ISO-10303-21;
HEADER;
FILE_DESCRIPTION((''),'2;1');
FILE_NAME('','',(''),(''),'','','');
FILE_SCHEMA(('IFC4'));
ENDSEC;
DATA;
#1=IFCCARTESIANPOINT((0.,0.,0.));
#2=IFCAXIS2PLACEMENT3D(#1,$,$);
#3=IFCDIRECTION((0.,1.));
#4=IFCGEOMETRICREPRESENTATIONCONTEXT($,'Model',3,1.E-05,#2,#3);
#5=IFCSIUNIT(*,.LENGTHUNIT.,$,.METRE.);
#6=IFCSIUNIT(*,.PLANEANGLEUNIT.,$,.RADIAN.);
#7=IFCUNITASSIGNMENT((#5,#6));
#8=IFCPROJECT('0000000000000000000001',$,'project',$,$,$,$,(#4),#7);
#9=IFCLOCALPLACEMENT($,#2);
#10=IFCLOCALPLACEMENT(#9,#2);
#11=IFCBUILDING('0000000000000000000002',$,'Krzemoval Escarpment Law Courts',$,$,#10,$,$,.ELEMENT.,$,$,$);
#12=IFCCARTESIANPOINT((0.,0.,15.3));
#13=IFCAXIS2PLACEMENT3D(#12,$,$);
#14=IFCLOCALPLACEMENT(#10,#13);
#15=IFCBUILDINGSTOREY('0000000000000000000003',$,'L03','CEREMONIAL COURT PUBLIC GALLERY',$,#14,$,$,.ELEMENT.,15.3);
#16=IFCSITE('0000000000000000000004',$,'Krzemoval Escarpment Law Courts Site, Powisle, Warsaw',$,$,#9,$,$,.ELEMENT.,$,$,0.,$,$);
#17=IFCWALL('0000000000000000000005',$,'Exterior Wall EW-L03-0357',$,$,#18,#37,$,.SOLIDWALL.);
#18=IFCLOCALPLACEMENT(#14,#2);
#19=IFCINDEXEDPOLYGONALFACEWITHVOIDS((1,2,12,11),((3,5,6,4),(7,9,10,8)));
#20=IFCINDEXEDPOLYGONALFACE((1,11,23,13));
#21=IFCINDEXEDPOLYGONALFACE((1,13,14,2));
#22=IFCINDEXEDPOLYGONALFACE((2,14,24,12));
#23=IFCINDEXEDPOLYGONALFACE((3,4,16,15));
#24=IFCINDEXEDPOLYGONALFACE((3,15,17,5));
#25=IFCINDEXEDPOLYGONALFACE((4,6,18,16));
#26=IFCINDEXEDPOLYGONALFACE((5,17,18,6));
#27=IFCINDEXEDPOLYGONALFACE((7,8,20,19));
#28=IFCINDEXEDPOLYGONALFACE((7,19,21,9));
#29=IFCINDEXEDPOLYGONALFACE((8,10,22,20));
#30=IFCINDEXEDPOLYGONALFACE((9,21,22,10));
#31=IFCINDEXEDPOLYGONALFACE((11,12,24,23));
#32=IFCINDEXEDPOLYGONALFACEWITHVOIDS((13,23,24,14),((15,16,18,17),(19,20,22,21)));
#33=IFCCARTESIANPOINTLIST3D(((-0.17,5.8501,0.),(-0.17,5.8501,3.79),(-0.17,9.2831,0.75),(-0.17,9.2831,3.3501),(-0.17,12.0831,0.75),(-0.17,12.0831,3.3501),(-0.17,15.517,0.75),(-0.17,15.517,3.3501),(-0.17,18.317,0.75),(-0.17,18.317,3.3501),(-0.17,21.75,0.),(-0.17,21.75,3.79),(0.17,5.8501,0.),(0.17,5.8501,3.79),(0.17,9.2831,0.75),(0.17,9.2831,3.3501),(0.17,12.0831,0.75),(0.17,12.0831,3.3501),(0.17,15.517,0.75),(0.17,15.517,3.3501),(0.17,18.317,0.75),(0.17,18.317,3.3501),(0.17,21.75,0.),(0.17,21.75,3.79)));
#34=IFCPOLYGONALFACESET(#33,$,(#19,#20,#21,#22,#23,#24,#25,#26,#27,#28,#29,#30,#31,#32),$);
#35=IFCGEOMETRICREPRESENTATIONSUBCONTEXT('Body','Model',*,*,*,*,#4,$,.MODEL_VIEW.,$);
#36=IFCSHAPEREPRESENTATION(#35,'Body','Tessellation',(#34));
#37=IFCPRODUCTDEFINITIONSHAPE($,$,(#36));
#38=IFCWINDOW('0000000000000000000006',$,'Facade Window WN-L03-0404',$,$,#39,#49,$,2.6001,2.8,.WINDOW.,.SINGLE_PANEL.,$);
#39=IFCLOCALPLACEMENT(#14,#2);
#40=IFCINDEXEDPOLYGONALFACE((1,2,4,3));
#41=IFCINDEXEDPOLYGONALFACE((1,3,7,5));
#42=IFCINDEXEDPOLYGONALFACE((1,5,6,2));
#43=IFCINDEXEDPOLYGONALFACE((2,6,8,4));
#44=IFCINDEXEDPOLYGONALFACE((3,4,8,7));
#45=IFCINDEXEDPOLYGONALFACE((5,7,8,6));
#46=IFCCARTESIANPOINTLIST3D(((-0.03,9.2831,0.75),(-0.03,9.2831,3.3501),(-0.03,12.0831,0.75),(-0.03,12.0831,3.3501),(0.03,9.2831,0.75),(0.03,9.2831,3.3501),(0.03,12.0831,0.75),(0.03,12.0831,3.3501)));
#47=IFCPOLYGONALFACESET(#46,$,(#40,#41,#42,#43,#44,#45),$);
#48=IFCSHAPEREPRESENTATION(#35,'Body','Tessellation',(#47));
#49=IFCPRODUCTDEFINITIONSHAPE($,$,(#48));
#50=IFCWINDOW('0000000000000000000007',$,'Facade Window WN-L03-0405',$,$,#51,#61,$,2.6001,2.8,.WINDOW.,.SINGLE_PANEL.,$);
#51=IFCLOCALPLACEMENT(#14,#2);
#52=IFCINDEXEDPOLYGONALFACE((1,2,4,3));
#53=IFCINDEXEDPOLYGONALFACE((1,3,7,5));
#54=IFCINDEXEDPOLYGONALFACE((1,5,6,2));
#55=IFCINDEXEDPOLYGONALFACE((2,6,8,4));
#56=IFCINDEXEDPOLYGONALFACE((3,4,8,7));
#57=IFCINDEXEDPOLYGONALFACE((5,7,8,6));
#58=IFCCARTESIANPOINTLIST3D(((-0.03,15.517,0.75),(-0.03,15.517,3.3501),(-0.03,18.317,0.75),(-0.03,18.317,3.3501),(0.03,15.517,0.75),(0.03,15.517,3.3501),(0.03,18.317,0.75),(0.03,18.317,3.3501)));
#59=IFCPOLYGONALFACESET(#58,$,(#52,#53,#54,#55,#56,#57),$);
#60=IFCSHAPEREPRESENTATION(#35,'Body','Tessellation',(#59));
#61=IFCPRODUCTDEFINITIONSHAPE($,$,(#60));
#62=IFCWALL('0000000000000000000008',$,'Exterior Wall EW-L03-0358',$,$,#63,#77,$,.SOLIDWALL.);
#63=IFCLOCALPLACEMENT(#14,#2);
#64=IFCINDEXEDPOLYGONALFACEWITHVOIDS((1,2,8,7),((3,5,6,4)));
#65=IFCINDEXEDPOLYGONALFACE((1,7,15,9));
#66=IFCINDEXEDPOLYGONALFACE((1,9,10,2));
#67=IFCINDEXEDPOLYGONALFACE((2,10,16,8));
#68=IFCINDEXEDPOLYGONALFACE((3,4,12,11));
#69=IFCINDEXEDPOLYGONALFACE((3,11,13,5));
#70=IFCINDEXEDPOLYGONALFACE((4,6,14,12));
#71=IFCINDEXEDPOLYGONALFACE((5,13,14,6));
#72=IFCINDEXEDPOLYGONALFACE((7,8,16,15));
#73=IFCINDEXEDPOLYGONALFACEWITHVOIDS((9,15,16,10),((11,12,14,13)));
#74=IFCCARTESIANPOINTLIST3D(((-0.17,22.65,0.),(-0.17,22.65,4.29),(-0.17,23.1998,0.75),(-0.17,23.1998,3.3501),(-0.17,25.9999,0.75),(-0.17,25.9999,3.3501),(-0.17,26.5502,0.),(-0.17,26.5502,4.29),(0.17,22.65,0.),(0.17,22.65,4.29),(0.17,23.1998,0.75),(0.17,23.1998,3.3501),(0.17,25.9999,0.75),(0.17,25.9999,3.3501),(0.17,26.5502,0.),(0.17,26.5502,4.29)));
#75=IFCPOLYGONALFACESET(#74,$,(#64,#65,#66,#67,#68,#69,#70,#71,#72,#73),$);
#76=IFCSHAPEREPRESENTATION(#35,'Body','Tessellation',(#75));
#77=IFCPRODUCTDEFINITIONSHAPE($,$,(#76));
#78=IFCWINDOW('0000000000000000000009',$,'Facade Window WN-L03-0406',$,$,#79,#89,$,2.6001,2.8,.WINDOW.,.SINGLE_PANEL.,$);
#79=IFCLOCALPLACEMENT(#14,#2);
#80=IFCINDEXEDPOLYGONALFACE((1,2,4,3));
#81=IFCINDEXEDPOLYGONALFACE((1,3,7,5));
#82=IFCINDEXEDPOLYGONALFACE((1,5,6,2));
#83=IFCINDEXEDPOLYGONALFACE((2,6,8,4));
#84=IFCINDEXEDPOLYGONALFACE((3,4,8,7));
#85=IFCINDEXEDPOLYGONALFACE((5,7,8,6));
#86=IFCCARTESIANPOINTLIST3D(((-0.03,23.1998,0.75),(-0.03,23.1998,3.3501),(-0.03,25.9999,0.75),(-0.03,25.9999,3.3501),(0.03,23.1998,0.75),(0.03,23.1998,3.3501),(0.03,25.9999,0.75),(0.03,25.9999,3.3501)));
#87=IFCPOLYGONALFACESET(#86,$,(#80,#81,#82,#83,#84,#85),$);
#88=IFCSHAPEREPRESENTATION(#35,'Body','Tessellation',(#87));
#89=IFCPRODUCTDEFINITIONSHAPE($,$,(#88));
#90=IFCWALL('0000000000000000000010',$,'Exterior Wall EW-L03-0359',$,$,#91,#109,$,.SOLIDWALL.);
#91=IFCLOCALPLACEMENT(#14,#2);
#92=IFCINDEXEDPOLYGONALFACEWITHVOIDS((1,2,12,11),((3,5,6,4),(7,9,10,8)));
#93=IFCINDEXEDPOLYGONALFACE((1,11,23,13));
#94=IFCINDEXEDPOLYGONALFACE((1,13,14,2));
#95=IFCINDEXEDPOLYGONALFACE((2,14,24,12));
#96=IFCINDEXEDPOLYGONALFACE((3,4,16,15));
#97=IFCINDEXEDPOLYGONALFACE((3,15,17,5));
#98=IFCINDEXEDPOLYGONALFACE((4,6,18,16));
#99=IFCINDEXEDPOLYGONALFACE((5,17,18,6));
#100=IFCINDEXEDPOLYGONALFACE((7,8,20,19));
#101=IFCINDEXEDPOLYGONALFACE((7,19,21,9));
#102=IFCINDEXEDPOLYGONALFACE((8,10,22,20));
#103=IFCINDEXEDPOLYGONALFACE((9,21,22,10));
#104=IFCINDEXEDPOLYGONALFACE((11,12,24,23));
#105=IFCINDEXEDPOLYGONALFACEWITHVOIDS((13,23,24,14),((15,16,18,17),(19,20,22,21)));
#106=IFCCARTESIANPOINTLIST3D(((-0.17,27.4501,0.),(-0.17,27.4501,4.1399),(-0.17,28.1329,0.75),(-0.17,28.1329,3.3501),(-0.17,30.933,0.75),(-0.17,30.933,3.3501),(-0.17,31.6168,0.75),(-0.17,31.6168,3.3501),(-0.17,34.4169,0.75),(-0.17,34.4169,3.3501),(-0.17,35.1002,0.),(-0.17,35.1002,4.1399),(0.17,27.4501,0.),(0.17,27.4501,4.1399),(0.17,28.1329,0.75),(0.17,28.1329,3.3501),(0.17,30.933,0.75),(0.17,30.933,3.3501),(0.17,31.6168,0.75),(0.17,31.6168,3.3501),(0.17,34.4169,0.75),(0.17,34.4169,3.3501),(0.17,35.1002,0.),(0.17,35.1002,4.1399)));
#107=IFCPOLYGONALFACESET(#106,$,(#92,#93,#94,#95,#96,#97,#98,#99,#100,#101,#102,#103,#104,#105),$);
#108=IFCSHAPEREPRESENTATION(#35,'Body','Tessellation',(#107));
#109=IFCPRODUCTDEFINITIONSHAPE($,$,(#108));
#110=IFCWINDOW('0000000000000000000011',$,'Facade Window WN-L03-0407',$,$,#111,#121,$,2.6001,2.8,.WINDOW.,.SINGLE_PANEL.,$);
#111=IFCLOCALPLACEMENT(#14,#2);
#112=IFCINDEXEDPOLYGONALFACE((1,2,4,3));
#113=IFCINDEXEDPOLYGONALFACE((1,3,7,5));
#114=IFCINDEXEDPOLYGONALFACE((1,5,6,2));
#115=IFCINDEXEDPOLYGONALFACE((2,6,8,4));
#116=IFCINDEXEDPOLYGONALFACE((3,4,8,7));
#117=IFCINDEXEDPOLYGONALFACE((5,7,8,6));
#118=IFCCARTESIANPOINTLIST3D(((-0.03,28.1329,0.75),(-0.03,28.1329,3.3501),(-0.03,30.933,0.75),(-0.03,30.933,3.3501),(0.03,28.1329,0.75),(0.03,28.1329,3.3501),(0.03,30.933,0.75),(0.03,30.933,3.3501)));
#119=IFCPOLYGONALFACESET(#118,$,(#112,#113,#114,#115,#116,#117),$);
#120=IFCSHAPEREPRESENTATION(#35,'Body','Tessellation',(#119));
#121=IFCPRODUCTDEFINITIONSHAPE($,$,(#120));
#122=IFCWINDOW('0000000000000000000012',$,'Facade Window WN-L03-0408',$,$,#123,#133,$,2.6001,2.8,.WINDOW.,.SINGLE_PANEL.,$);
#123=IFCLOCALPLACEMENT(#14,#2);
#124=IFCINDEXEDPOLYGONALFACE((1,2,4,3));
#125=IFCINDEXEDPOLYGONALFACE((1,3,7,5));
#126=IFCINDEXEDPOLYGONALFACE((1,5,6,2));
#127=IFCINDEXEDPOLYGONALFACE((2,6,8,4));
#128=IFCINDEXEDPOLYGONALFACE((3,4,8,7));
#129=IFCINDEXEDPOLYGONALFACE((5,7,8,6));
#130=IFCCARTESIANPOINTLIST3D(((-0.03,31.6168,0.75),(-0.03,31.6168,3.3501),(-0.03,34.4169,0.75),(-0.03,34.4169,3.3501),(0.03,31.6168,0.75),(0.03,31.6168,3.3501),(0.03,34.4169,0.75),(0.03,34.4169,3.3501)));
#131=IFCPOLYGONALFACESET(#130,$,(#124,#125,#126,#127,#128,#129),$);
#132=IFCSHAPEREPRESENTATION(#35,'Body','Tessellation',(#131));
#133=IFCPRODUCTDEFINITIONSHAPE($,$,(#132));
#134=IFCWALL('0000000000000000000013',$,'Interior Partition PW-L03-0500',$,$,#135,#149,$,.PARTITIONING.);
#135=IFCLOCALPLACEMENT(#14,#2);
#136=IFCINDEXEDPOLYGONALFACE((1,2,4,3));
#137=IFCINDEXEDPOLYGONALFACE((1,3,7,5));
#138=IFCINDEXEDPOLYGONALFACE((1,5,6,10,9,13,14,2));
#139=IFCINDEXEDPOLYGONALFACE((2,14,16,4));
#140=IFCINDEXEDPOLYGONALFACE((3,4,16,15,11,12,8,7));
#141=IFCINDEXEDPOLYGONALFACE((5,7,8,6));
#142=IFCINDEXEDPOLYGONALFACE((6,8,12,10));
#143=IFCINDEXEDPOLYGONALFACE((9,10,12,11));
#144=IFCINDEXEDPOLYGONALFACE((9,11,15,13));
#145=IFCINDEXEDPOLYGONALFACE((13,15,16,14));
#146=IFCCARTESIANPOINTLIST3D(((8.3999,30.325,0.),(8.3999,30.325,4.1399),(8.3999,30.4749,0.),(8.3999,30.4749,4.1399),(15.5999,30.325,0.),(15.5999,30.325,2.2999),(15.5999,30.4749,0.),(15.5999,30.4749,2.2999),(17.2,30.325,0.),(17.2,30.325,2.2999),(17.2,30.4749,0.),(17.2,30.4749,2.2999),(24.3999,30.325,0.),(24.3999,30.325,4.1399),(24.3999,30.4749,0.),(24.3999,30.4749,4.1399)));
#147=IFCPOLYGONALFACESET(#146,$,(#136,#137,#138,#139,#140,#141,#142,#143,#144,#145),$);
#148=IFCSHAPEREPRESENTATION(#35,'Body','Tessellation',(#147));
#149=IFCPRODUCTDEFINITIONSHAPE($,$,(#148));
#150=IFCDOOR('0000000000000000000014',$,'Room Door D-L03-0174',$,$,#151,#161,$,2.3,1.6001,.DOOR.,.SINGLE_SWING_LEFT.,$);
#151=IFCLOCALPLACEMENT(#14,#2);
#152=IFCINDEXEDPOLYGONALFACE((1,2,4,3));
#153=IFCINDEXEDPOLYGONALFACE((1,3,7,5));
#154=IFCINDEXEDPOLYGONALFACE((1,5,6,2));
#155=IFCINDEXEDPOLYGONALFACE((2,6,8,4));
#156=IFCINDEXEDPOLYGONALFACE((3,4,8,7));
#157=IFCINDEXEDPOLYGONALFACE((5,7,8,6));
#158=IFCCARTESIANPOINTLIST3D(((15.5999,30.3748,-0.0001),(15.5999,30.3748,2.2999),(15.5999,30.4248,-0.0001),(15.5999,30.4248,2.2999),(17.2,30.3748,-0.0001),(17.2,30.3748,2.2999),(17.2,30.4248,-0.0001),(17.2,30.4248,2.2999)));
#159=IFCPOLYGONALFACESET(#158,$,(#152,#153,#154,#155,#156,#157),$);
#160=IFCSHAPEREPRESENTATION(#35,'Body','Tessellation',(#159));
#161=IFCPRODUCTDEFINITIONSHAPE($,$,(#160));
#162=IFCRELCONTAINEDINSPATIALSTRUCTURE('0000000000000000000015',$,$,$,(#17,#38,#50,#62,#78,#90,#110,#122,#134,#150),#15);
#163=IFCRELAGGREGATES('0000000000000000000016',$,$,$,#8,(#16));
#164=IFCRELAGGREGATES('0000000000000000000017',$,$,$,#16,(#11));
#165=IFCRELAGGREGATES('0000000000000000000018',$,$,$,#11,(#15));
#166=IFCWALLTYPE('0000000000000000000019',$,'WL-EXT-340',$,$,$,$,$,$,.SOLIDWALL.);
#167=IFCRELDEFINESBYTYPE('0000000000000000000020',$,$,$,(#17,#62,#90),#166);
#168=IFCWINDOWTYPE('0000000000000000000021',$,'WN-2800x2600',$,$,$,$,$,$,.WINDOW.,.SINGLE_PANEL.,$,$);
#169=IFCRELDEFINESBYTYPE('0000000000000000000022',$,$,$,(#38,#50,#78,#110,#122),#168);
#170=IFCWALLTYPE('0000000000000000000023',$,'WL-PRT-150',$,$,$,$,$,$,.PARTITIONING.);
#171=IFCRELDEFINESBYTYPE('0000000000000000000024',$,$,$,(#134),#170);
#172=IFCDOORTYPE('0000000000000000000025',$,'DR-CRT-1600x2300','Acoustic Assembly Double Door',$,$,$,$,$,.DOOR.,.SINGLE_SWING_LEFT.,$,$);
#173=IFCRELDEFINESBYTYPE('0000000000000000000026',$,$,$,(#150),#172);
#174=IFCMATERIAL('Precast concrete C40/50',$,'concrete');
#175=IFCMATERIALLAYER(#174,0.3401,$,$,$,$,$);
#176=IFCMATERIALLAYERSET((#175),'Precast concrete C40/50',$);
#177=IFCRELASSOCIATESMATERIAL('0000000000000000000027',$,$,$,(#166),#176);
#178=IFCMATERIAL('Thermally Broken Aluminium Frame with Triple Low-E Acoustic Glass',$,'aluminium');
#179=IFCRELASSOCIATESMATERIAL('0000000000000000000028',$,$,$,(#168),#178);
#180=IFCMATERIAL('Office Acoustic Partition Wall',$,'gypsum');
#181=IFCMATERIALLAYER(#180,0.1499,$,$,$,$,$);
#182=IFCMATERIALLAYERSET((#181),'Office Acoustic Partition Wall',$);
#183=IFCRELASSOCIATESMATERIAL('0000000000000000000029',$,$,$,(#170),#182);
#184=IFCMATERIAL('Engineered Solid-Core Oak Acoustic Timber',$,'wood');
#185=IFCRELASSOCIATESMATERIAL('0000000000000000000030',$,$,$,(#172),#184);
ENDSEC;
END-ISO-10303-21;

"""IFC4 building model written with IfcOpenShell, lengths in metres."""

from ifc_helpers import new_model, si_unit, direction, frame, frame_2d, origin, place, context, subcontext, project, spatial, rectangle, extrude, material, layer, layer_set, type_object, element, fill, save


model = new_model("IFC4")

# Units and contexts
model_context = context("Model", 3, precision=1e-05, world=origin(), true_north=direction((0.0, 1.0)))
body_context = subcontext(model_context, "Body", "Model", "MODEL_VIEW")
ifc_project = project(units=[si_unit("LENGTHUNIT", "METRE"), si_unit("PLANEANGLEUNIT", "RADIAN")], contexts=[model_context])

# Site, building, storey
site_placement = place(None, origin())
site = spatial("IfcSite", under=ifc_project, at=site_placement, Name="Krzemoval Escarpment Law Courts Site, Powisle, Warsaw", CompositionType="ELEMENT", RefElevation=0.0)
building_placement = place(site_placement, origin())
building = spatial("IfcBuilding", under=site, at=building_placement, Name="Krzemoval Escarpment Law Courts", CompositionType="ELEMENT")
storey_placement = place(building_placement, frame((0.0, 0.0, 15.3)))
storey = spatial("IfcBuildingStorey", under=building, at=storey_placement, Name="L03", Description="CEREMONIAL COURT PUBLIC GALLERY", CompositionType="ELEMENT", Elevation=15.3)

# Wall, openings, windows
ifc_material_1 = material(Name="Precast concrete C40/50", Category="concrete")
ifc_layer_1 = layer(ifc_material_1, 0.3401)
ifc_layer_set_1 = layer_set([ifc_layer_1], Name="Precast concrete C40/50")
wall_type_1 = type_object("IfcWallType", Name="WL-EXT-340", PredefinedType="SOLIDWALL", material=ifc_layer_set_1)
wall_1_placement = place(storey_placement, frame((0.0, 5.8501, 0.0), z_axis=(0.0, 0.0, 1.0), x_axis=(0.0, 1.0, 0.0)))
wall_1 = element("IfcWall", 1, at=wall_1_placement, inside=storey, type_object=wall_type_1, Name="Exterior Wall EW-L03-0357", PredefinedType="SOLIDWALL", context=body_context, shape_type="SweptSolid", body=[
    extrude(rectangle(XDim=15.8999, YDim=0.3401, at=frame_2d((7.95, 0.0))), origin(), (0.0, 0.0, 1.0), 3.79),
])
opening_1_placement = place(wall_1_placement, frame((3.4331, 0.0, 0.75)))
opening_1 = element("IfcOpeningElement", 2, at=opening_1_placement, cuts=wall_1, PredefinedType="OPENING", context=body_context, shape_type="SweptSolid", body=[
    extrude(rectangle(XDim=2.8, YDim=2.6001, at=frame_2d((1.3999, 1.3))), frame((0.0, 0.185, 0.0), z_axis=(0.0, -1.0, 0.0), x_axis=(1.0, 0.0, 0.0)), (0.0, 0.0, 1.0), 0.3701),
])
opening_2_placement = place(wall_1_placement, frame((9.667, 0.0, 0.75)))
opening_2 = element("IfcOpeningElement", 3, at=opening_2_placement, cuts=wall_1, PredefinedType="OPENING", context=body_context, shape_type="SweptSolid", body=[
    extrude(rectangle(XDim=2.8, YDim=2.6001, at=frame_2d((1.3999, 1.3))), frame((0.0, 0.185, 0.0), z_axis=(0.0, -1.0, 0.0), x_axis=(1.0, 0.0, 0.0)), (0.0, 0.0, 1.0), 0.3701),
])
ifc_material_2 = material(Name="Thermally Broken Aluminium Frame with Triple Low-E Acoustic Glass", Category="aluminium")
window_type = type_object("IfcWindowType", Name="WN-2800x2600", PartitioningType="SINGLE_PANEL", PredefinedType="WINDOW", material=ifc_material_2)
window_1_placement = place(opening_1_placement, origin())
window_1 = element("IfcWindow", 4, at=window_1_placement, inside=storey, type_object=window_type, Name="Facade Window WN-L03-0404", OverallHeight=2.6001, OverallWidth=2.8, PartitioningType="SINGLE_PANEL", PredefinedType="WINDOW", context=body_context, shape_type="SweptSolid", body=[
    extrude(rectangle(XDim=2.8, YDim=2.6001, at=frame_2d((1.3999, 1.3))), frame((0.0, 0.03, 0.0), z_axis=(0.0, -1.0, 0.0), x_axis=(1.0, 0.0, 0.0)), (0.0, 0.0, 1.0), 0.0601),
])
fill(opening_1, window_1)
window_2_placement = place(opening_2_placement, origin())
window_2 = element("IfcWindow", 5, at=window_2_placement, inside=storey, type_object=window_type, Name="Facade Window WN-L03-0405", OverallHeight=2.6001, OverallWidth=2.8, PartitioningType="SINGLE_PANEL", PredefinedType="WINDOW", context=body_context, shape_type="SweptSolid", body=[
    extrude(rectangle(XDim=2.8, YDim=2.6001, at=frame_2d((1.3999, 1.3))), frame((0.0, 0.03, 0.0), z_axis=(0.0, -1.0, 0.0), x_axis=(1.0, 0.0, 0.0)), (0.0, 0.0, 1.0), 0.0601),
])
fill(opening_2, window_2)

# Wall, opening, window
wall_2_placement = place(storey_placement, frame((0.0, 22.6499, 0.0), z_axis=(0.0, 0.0, 1.0), x_axis=(0.0, 1.0, 0.0)))
wall_2 = element("IfcWall", 6, at=wall_2_placement, inside=storey, type_object=wall_type_1, Name="Exterior Wall EW-L03-0358", PredefinedType="SOLIDWALL", context=body_context, shape_type="SweptSolid", body=[
    extrude(rectangle(XDim=3.9001, YDim=0.3401, at=frame_2d((1.9502, 0.0))), origin(), (0.0, 0.0, 1.0), 4.29),
])
opening_3_placement = place(wall_2_placement, frame((0.55, 0.0, 0.75)))
opening_3 = element("IfcOpeningElement", 7, at=opening_3_placement, cuts=wall_2, PredefinedType="OPENING", context=body_context, shape_type="SweptSolid", body=[
    extrude(rectangle(XDim=2.8, YDim=2.6001, at=frame_2d((1.3999, 1.3))), frame((0.0, 0.185, 0.0), z_axis=(0.0, -1.0, 0.0), x_axis=(1.0, 0.0, 0.0)), (0.0, 0.0, 1.0), 0.3701),
])
window_3_placement = place(opening_3_placement, origin())
window_3 = element("IfcWindow", 8, at=window_3_placement, inside=storey, type_object=window_type, Name="Facade Window WN-L03-0406", OverallHeight=2.6001, OverallWidth=2.8, PartitioningType="SINGLE_PANEL", PredefinedType="WINDOW", context=body_context, shape_type="SweptSolid", body=[
    extrude(rectangle(XDim=2.8, YDim=2.6001, at=frame_2d((1.3999, 1.3))), frame((0.0, 0.03, 0.0), z_axis=(0.0, -1.0, 0.0), x_axis=(1.0, 0.0, 0.0)), (0.0, 0.0, 1.0), 0.0601),
])
fill(opening_3, window_3)

# Wall, openings, windows
wall_3_placement = place(storey_placement, frame((0.0, 27.45, 0.0), z_axis=(0.0, 0.0, 1.0), x_axis=(0.0, 1.0, 0.0)))
wall_3 = element("IfcWall", 9, at=wall_3_placement, inside=storey, type_object=wall_type_1, Name="Exterior Wall EW-L03-0359", PredefinedType="SOLIDWALL", context=body_context, shape_type="SweptSolid", body=[
    extrude(rectangle(XDim=7.6501, YDim=0.3401, at=frame_2d((3.8252, 0.0))), origin(), (0.0, 0.0, 1.0), 4.1399),
])
opening_4_placement = place(wall_3_placement, frame((0.6831, 0.0, 0.75)))
opening_4 = element("IfcOpeningElement", 10, at=opening_4_placement, cuts=wall_3, PredefinedType="OPENING", context=body_context, shape_type="SweptSolid", body=[
    extrude(rectangle(XDim=2.8, YDim=2.6001, at=frame_2d((1.3999, 1.3))), frame((0.0, 0.185, 0.0), z_axis=(0.0, -1.0, 0.0), x_axis=(1.0, 0.0, 0.0)), (0.0, 0.0, 1.0), 0.3701),
])
opening_5_placement = place(wall_3_placement, frame((4.167, 0.0, 0.75)))
opening_5 = element("IfcOpeningElement", 11, at=opening_5_placement, cuts=wall_3, PredefinedType="OPENING", context=body_context, shape_type="SweptSolid", body=[
    extrude(rectangle(XDim=2.8, YDim=2.6001, at=frame_2d((1.3999, 1.3))), frame((0.0, 0.185, 0.0), z_axis=(0.0, -1.0, 0.0), x_axis=(1.0, 0.0, 0.0)), (0.0, 0.0, 1.0), 0.3701),
])
window_4_placement = place(opening_4_placement, origin())
window_4 = element("IfcWindow", 12, at=window_4_placement, inside=storey, type_object=window_type, Name="Facade Window WN-L03-0407", OverallHeight=2.6001, OverallWidth=2.8, PartitioningType="SINGLE_PANEL", PredefinedType="WINDOW", context=body_context, shape_type="SweptSolid", body=[
    extrude(rectangle(XDim=2.8, YDim=2.6001, at=frame_2d((1.3999, 1.3))), frame((0.0, 0.03, 0.0), z_axis=(0.0, -1.0, 0.0), x_axis=(1.0, 0.0, 0.0)), (0.0, 0.0, 1.0), 0.0601),
])
fill(opening_4, window_4)
window_5_placement = place(opening_5_placement, origin())
window_5 = element("IfcWindow", 13, at=window_5_placement, inside=storey, type_object=window_type, Name="Facade Window WN-L03-0408", OverallHeight=2.6001, OverallWidth=2.8, PartitioningType="SINGLE_PANEL", PredefinedType="WINDOW", context=body_context, shape_type="SweptSolid", body=[
    extrude(rectangle(XDim=2.8, YDim=2.6001, at=frame_2d((1.3999, 1.3))), frame((0.0, 0.03, 0.0), z_axis=(0.0, -1.0, 0.0), x_axis=(1.0, 0.0, 0.0)), (0.0, 0.0, 1.0), 0.0601),
])
fill(opening_5, window_5)

# Wall, opening, door
ifc_material_3 = material(Name="Office Acoustic Partition Wall", Category="gypsum")
ifc_layer_2 = layer(ifc_material_3, 0.1499)
ifc_layer_set_2 = layer_set([ifc_layer_2], Name="Office Acoustic Partition Wall")
wall_type_2 = type_object("IfcWallType", Name="WL-PRT-150", PredefinedType="PARTITIONING", material=ifc_layer_set_2)
wall_4_placement = place(storey_placement, frame((8.3999, 30.3999, 0.0), z_axis=(0.0, 0.0, 1.0), x_axis=(1.0, 0.0, 0.0)))
wall_4 = element("IfcWall", 14, at=wall_4_placement, inside=storey, type_object=wall_type_2, Name="Interior Partition PW-L03-0500", PredefinedType="PARTITIONING", context=body_context, shape_type="SweptSolid", body=[
    extrude(rectangle(XDim=16.0, YDim=0.1499, at=frame_2d((8.0, 0.0))), origin(), (0.0, 0.0, 1.0), 4.1399),
])
opening_6_placement = place(wall_4_placement, frame((7.2, 0.0, 0.0)))
opening_6 = element("IfcOpeningElement", 15, at=opening_6_placement, cuts=wall_4, PredefinedType="OPENING", context=body_context, shape_type="SweptSolid", body=[
    extrude(rectangle(XDim=1.6001, YDim=2.3, at=frame_2d((0.8, 1.1499))), frame((0.0, 0.09, 0.0), z_axis=(0.0, -1.0, 0.0), x_axis=(1.0, 0.0, 0.0)), (0.0, 0.0, 1.0), 0.1799),
])
ifc_material_4 = material(Name="Engineered Solid-Core Oak Acoustic Timber", Category="wood")
door_type_1 = type_object("IfcDoorType", Name="DR-CRT-1600x2300", Description="Acoustic Assembly Double Door", OperationType="SINGLE_SWING_LEFT", PredefinedType="DOOR", material=ifc_material_4)
door_1_placement = place(opening_6_placement, origin())
door_1 = element("IfcDoor", 16, at=door_1_placement, inside=storey, type_object=door_type_1, Name="Room Door D-L03-0174", OperationType="SINGLE_SWING_LEFT", OverallHeight=2.3, OverallWidth=1.6001, PredefinedType="DOOR", context=body_context, shape_type="SweptSolid", body=[
    extrude(rectangle(XDim=1.6001, YDim=2.3, at=frame_2d((0.8, 1.1499))), frame((0.0, 0.0249, 0.0), z_axis=(0.0, -1.0, 0.0), x_axis=(1.0, 0.0, 0.0)), (0.0, 0.0, 1.0), 0.05),
])
fill(opening_6, door_1)

save(model, "model.ifc")
